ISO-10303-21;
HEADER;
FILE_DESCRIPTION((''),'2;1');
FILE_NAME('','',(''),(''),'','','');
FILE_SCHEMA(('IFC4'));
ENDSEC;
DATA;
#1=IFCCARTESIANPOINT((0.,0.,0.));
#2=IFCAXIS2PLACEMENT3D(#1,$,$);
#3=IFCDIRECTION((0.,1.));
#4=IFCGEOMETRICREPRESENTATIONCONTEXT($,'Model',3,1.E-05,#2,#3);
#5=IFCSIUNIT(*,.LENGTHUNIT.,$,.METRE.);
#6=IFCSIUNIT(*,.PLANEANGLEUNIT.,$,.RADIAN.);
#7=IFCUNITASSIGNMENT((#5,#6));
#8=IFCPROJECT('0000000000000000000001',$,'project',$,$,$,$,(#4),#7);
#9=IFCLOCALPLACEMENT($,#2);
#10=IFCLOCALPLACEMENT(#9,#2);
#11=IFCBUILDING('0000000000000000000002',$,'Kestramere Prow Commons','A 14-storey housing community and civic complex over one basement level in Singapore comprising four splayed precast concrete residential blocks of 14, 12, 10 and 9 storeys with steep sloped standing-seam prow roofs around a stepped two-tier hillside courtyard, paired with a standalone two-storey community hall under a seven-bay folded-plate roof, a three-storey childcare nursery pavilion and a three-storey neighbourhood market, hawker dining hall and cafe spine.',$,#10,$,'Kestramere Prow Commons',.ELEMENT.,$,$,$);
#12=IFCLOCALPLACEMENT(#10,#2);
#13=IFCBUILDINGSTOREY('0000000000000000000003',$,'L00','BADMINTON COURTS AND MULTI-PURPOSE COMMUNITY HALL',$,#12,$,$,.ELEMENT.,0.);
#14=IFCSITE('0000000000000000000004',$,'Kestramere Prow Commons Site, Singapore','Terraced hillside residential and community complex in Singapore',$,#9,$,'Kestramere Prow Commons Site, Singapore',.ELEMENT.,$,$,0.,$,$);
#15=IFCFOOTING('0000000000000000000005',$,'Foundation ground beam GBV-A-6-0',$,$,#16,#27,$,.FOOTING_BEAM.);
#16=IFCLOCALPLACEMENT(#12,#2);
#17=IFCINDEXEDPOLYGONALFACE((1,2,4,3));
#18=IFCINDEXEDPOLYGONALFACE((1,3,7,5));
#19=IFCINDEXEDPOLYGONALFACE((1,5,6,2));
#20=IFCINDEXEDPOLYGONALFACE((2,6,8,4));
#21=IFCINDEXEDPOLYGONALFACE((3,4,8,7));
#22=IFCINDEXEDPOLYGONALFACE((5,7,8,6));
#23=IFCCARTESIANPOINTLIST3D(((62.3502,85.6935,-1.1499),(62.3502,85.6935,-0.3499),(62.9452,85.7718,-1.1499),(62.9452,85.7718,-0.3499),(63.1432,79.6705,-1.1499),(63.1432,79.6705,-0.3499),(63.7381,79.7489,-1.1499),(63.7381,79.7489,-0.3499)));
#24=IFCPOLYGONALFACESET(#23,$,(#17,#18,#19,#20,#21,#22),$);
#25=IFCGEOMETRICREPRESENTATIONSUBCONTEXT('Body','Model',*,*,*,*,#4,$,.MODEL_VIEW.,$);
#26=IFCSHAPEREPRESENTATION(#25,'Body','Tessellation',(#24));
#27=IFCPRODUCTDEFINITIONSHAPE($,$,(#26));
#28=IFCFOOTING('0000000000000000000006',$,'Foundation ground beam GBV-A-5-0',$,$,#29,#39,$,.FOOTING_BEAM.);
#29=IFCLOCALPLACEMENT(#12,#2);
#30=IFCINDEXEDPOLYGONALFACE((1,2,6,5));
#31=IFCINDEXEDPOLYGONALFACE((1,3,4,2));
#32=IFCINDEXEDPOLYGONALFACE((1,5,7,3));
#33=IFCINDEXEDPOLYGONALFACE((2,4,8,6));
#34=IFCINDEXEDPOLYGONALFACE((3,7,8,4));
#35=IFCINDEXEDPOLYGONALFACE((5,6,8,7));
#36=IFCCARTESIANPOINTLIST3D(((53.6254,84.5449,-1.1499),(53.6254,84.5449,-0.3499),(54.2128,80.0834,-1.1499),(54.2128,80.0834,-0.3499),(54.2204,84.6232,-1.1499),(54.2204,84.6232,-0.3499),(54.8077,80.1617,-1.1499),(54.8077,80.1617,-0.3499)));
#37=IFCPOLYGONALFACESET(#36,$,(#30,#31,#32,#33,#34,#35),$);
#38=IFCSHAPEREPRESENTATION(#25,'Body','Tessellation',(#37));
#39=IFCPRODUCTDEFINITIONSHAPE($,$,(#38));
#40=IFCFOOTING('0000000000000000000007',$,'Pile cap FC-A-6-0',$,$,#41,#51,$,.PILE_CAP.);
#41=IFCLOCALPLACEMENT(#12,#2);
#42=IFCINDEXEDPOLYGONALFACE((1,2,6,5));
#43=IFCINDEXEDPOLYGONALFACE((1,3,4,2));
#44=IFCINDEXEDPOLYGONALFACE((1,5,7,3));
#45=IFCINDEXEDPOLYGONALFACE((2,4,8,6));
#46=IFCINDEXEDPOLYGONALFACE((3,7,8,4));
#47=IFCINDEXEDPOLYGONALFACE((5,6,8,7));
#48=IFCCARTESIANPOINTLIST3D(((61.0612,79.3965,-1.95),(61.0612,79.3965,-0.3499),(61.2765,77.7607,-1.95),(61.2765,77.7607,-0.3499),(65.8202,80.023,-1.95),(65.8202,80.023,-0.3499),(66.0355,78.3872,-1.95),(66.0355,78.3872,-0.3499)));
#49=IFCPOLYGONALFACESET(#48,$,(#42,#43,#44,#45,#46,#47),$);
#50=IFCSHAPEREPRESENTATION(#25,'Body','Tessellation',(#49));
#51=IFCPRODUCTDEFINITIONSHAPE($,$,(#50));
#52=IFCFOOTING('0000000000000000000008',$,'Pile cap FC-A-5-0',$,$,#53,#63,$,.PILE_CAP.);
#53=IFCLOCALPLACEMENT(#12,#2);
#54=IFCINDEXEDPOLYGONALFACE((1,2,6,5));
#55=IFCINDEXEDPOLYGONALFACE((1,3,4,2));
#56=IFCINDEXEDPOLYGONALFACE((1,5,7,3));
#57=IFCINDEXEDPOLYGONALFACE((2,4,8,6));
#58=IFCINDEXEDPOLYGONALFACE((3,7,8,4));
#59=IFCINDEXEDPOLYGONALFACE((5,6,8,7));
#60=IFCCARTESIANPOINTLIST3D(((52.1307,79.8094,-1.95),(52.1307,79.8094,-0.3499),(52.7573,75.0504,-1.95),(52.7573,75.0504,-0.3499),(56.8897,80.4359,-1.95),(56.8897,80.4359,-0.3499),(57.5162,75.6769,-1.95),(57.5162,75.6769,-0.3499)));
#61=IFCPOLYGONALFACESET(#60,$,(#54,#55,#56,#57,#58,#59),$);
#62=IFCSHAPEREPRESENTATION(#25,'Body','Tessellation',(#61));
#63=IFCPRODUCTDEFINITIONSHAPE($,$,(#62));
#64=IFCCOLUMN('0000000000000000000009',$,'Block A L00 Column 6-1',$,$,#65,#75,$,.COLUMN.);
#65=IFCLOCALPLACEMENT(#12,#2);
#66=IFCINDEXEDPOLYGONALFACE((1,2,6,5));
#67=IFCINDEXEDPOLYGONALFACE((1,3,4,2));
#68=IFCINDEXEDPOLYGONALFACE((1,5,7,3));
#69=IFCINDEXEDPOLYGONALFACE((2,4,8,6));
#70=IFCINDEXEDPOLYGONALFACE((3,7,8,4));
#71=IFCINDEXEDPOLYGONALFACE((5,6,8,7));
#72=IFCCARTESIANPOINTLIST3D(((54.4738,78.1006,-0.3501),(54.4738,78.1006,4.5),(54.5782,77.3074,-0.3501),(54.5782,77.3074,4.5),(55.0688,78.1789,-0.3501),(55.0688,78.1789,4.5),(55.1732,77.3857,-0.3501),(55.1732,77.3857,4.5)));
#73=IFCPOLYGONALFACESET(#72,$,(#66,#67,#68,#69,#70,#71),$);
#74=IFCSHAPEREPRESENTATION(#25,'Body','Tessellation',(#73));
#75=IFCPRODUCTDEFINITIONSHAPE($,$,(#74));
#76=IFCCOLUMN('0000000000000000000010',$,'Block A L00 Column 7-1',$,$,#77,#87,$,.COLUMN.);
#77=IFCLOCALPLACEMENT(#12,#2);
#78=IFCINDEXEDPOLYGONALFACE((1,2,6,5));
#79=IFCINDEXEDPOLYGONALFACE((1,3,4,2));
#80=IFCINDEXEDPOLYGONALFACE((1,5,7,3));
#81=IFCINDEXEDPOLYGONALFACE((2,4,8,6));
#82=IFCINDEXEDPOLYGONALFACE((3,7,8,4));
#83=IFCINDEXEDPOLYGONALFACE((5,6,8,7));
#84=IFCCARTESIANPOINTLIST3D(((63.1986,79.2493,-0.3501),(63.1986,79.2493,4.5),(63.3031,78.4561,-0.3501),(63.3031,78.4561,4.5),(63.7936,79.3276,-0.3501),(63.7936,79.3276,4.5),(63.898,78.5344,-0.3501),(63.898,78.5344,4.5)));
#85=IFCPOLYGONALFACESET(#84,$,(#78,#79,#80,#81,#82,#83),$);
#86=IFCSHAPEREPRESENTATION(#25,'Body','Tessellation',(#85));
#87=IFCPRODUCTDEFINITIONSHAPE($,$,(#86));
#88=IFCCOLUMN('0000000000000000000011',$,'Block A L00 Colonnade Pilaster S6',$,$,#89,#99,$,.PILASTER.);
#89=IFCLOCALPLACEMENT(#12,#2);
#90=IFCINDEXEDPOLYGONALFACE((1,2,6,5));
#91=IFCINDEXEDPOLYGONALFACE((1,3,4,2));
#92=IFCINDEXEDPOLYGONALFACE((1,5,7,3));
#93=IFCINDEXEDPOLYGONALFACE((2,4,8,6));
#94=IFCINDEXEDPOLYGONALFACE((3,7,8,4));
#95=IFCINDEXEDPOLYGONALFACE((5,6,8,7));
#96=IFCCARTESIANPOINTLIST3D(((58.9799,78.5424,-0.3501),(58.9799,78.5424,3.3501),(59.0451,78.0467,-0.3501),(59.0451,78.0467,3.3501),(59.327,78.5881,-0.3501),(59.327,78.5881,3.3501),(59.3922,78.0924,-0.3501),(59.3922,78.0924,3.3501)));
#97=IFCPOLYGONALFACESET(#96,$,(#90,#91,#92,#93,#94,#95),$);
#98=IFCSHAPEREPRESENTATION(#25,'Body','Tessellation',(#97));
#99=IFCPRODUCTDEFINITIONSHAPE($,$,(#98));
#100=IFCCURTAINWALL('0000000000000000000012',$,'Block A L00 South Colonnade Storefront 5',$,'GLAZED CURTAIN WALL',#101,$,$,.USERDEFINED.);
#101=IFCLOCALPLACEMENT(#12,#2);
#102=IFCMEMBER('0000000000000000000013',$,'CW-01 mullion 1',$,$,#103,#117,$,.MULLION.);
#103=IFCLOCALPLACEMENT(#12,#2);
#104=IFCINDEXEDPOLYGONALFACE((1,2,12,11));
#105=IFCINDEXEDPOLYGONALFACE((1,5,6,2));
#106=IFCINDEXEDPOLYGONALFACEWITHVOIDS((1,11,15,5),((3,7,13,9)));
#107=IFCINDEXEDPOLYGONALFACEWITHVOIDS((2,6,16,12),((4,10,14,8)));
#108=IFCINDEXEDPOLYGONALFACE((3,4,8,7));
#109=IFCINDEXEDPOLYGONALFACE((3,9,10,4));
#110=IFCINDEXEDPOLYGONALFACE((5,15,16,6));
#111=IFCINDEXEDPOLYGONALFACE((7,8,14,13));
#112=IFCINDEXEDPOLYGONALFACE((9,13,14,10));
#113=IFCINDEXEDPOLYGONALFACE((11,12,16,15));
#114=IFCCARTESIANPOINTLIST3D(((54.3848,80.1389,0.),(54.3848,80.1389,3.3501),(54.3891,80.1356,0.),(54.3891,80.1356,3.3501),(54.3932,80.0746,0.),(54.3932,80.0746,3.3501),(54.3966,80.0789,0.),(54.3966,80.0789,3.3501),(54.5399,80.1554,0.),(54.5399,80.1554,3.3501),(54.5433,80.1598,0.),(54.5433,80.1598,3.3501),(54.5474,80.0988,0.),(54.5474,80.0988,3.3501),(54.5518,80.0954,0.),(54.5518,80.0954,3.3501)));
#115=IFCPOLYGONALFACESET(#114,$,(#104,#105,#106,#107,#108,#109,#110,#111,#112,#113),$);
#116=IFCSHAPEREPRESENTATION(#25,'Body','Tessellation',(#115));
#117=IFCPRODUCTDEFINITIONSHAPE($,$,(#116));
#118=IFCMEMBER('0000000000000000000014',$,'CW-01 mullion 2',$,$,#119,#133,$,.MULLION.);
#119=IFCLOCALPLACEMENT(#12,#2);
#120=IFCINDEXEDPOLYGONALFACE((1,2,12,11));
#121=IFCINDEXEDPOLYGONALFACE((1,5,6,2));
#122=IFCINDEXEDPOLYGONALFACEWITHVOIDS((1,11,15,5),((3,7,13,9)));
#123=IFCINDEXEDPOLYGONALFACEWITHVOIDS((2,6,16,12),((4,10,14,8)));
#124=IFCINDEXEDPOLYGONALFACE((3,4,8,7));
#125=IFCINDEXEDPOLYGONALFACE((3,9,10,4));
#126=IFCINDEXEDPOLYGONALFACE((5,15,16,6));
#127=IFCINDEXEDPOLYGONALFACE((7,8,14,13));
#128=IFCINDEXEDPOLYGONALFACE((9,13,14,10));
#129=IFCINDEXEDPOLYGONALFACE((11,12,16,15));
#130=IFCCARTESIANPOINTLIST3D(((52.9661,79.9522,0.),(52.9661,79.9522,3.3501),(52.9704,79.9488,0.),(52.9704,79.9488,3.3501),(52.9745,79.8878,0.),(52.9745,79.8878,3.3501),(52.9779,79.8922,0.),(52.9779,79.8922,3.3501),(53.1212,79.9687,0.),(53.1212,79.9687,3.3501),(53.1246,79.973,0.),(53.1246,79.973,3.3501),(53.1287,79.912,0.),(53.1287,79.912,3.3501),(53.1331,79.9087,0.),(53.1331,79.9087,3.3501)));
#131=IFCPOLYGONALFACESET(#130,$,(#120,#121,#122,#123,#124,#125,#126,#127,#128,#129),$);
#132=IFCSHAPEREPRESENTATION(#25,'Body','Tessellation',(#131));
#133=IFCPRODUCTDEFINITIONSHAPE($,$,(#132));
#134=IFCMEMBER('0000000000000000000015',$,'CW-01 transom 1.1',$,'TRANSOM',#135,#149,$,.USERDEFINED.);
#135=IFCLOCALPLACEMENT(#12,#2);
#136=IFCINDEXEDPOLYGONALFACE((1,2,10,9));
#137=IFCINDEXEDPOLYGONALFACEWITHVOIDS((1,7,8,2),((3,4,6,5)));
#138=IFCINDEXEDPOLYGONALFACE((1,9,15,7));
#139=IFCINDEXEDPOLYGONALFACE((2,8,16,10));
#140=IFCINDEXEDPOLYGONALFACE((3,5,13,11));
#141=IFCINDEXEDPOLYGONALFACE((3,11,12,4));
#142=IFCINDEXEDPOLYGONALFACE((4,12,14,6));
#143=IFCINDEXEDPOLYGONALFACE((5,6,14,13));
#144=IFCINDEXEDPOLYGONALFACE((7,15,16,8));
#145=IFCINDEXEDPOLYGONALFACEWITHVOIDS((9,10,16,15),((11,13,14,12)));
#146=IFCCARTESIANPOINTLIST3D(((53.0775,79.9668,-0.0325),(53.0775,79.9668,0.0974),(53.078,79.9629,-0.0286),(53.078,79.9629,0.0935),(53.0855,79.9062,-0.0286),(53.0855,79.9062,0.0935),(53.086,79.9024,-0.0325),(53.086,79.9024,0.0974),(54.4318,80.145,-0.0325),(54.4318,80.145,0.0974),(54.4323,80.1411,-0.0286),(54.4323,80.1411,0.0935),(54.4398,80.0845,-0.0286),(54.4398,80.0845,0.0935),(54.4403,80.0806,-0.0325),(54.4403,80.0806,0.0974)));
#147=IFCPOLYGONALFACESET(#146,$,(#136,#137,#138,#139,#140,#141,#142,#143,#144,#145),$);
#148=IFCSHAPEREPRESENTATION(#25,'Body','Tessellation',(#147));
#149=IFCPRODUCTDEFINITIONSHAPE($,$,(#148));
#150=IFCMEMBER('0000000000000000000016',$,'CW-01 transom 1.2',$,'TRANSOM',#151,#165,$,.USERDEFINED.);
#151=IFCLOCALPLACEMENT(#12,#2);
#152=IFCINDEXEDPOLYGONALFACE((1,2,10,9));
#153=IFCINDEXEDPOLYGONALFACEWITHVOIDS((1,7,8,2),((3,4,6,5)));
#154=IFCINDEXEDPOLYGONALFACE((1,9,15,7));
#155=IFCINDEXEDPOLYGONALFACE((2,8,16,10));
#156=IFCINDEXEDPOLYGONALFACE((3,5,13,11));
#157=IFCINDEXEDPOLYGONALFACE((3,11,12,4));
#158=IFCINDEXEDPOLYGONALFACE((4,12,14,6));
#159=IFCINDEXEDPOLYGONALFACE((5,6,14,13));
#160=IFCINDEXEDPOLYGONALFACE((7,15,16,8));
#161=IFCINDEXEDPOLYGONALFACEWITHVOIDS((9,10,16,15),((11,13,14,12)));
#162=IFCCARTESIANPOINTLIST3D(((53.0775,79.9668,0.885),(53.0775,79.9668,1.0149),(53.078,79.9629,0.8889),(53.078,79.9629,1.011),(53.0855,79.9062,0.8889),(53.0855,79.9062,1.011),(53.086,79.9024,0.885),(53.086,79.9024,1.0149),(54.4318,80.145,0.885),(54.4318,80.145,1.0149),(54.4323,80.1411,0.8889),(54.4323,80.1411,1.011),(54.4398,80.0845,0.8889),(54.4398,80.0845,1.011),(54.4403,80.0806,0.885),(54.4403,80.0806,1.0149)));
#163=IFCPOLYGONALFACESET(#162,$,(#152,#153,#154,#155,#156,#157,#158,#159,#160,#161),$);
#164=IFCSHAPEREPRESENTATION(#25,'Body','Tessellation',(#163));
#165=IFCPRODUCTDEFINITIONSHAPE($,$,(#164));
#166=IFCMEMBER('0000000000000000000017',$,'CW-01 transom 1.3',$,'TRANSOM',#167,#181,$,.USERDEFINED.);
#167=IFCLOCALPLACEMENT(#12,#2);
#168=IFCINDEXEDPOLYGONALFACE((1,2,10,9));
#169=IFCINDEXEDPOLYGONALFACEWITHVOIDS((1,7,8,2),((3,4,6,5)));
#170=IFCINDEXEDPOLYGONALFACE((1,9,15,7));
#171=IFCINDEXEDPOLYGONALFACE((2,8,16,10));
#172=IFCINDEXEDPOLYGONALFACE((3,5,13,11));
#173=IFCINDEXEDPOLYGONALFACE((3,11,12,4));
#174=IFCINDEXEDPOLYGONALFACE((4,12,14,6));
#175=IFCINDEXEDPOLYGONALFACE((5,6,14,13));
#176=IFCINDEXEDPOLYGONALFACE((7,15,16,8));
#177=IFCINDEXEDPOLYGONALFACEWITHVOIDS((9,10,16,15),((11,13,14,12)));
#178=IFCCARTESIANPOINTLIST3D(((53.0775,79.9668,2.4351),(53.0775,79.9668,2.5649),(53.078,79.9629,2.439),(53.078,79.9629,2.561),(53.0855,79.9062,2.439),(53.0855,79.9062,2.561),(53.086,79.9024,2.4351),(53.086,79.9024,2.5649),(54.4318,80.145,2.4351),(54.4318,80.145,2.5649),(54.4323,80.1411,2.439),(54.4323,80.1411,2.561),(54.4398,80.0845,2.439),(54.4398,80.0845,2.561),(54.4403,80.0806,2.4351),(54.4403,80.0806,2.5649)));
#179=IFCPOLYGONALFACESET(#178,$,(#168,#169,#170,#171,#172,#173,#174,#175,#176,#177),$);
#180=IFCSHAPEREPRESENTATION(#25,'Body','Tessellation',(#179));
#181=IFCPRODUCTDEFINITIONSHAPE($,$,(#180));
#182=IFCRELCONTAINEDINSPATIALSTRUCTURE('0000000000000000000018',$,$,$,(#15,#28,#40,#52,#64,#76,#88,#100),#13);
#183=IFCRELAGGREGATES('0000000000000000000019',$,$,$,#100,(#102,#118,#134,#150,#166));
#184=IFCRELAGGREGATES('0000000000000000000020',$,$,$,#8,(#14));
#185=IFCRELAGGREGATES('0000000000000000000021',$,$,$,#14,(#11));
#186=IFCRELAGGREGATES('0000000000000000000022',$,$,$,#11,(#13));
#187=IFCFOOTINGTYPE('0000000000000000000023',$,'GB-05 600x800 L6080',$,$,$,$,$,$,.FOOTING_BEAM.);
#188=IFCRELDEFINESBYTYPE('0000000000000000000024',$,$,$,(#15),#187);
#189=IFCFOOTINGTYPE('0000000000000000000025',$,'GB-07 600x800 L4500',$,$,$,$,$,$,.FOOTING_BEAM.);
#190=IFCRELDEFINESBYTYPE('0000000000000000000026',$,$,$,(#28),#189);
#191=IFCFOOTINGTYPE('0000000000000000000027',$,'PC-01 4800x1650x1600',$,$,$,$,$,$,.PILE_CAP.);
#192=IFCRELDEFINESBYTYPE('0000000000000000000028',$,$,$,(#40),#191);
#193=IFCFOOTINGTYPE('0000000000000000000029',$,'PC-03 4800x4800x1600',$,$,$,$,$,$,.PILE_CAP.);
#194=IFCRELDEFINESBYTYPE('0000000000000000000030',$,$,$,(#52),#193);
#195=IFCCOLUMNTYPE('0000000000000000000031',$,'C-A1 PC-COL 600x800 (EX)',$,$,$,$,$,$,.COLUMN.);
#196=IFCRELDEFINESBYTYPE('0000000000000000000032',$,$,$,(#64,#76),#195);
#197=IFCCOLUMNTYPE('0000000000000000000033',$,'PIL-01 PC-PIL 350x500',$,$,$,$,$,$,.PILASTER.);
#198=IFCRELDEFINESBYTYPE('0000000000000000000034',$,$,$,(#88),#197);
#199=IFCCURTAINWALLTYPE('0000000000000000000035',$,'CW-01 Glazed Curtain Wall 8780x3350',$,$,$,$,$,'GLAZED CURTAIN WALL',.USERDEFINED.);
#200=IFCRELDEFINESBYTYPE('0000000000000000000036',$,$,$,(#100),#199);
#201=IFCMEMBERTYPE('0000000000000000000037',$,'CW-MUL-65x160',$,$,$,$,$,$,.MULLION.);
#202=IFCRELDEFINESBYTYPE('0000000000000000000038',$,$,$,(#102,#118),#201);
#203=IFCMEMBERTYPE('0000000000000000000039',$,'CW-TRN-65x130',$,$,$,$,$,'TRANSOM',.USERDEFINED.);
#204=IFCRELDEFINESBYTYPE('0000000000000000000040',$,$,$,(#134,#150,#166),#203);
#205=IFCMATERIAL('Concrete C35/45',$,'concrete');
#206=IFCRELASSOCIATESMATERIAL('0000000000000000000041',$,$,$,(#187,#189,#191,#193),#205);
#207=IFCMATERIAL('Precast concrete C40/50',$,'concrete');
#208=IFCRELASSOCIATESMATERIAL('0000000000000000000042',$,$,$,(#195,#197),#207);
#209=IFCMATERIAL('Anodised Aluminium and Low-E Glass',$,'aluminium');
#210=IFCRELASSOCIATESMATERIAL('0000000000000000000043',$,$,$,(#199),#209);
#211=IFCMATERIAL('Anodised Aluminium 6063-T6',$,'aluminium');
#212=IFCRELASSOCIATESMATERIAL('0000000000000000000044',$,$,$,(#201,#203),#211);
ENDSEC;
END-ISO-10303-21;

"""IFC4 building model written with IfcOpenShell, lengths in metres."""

from ifc_helpers import new_model, si_unit, direction, frame, origin, origin_2d, place, context, subcontext, project, spatial, rectangle, hollow_rectangle, extrude, material, material_profile, profile_set, type_object, element, aggregate, save


model = new_model("IFC4")

# Units and contexts
model_context = context("Model", 3, precision=1e-05, world=origin(), true_north=direction((0.0, 1.0)))
body_context = subcontext(model_context, "Body", "Model", "MODEL_VIEW")
ifc_project = project(units=[si_unit("LENGTHUNIT", "METRE"), si_unit("PLANEANGLEUNIT", "RADIAN")], contexts=[model_context])

# Site, building, storey
site_placement = place(None, origin())
site = spatial("IfcSite", under=ifc_project, at=site_placement, Name="Kestramere Prow Commons Site, Singapore", Description="Terraced hillside residential and community complex in Singapore", LongName="Kestramere Prow Commons Site, Singapore", CompositionType="ELEMENT", RefElevation=0.0)
building_placement = place(site_placement, origin())
building = spatial("IfcBuilding", under=site, at=building_placement, Name="Kestramere Prow Commons", Description="A 14-storey housing community and civic complex over one basement level in Singapore comprising four splayed precast concrete residential blocks of 14, 12, 10 and 9 storeys with steep sloped standing-seam prow roofs around a stepped two-tier hillside courtyard, paired with a standalone two-storey community hall under a seven-bay folded-plate roof, a three-storey childcare nursery pavilion and a three-storey neighbourhood market, hawker dining hall and cafe spine.", LongName="Kestramere Prow Commons", CompositionType="ELEMENT")
storey_placement = place(building_placement, origin())
storey = spatial("IfcBuildingStorey", under=building, at=storey_placement, Name="L00", Description="BADMINTON COURTS AND MULTI-PURPOSE COMMUNITY HALL", CompositionType="ELEMENT", Elevation=0.0)

# Shared definitions
ifc_material_1 = material(Name="Concrete C35/45", Category="concrete")

# Footings
footing_type_1 = type_object("IfcFootingType", Name="GB-05 600x800 L6080", PredefinedType="FOOTING_BEAM", material=ifc_material_1)
footing_1_placement = place(storey_placement, frame((63.0442, 82.7212, -1.1499), z_axis=(0.0, 0.0, 1.0), x_axis=(-0.130526, 0.991445, 0.0)))
element("IfcFooting", 1, at=footing_1_placement, inside=storey, type_object=footing_type_1, Name="Foundation ground beam GBV-A-6-0", PredefinedType="FOOTING_BEAM", context=body_context, shape_type="SweptSolid", body=[
    extrude(rectangle(XDim=6.075, YDim=0.6001, at=origin_2d()), origin(), (0.0, 0.0, 1.0), 0.8),
])
footing_type_2 = type_object("IfcFootingType", Name="GB-07 600x800 L4500", PredefinedType="FOOTING_BEAM", material=ifc_material_1)
footing_2_placement = place(storey_placement, frame((54.2166, 82.3533, -1.1499), z_axis=(0.0, 0.0, 1.0), x_axis=(-0.130526, 0.991445, 0.0)))
element("IfcFooting", 2, at=footing_2_placement, inside=storey, type_object=footing_type_2, Name="Foundation ground beam GBV-A-5-0", PredefinedType="FOOTING_BEAM", context=body_context, shape_type="SweptSolid", body=[
    extrude(rectangle(XDim=4.5, YDim=0.6001, at=origin_2d()), origin(), (0.0, 0.0, 1.0), 0.8),
])
footing_type_3 = type_object("IfcFootingType", Name="PC-01 4800x1650x1600", PredefinedType="PILE_CAP", material=ifc_material_1)
footing_3_placement = place(storey_placement, frame((63.5483, 78.8918, -1.95), z_axis=(0.0, 0.0, 1.0), x_axis=(0.991445, 0.130526, 0.0)))
element("IfcFooting", 3, at=footing_3_placement, inside=storey, type_object=footing_type_3, Name="Pile cap FC-A-6-0", PredefinedType="PILE_CAP", context=body_context, shape_type="SweptSolid", body=[
    extrude(rectangle(XDim=4.8, YDim=1.6499, at=origin_2d()), origin(), (0.0, 0.0, 1.0), 1.6001),
])
footing_type_4 = type_object("IfcFootingType", Name="PC-03 4800x4800x1600", PredefinedType="PILE_CAP", material=ifc_material_1)
footing_4_placement = place(storey_placement, frame((54.8235, 77.7432, -1.95), z_axis=(0.0, 0.0, 1.0), x_axis=(0.991445, 0.130526, 0.0)))
element("IfcFooting", 4, at=footing_4_placement, inside=storey, type_object=footing_type_4, Name="Pile cap FC-A-5-0", PredefinedType="PILE_CAP", context=body_context, shape_type="SweptSolid", body=[
    extrude(rectangle(XDim=4.8, YDim=4.8, at=origin_2d()), origin(), (0.0, 0.0, 1.0), 1.6001),
])

# Columns
ifc_material_2 = material(Name="Precast concrete C40/50", Category="concrete")
ifc_material_profile_1 = material_profile(ifc_material_2, rectangle(XDim=0.6001, YDim=0.8, at=origin_2d()), Name="PC-COL 600x800")
ifc_profile_set_1 = profile_set([ifc_material_profile_1], Name="Precast concrete C40/50")
column_type_1 = type_object("IfcColumnType", Name="C-A1 PC-COL 600x800 (EX)", PredefinedType="COLUMN", material=ifc_profile_set_1)
for number, where, z_axis, x_axis, name in (
    (5, (54.8235, 77.7432, -0.3501), (0.0, 0.0, 1.0), (0.991445, 0.130526, 0.0), "Block A L00 Column 6-1"),
    (6, (63.5483, 78.8918, -0.3501), (0.0, 0.0, 1.0), (0.991445, 0.130526, 0.0), "Block A L00 Column 7-1"),
):
    element("IfcColumn", number, at=place(storey_placement, frame(where, z_axis=z_axis, x_axis=x_axis)), inside=storey, type_object=column_type_1, Name=name, PredefinedType="COLUMN", context=body_context, shape_type="SweptSolid", body=[
        extrude(rectangle(XDim=0.6001, YDim=0.8, at=origin_2d()), origin(), (0.0, 0.0, 1.0), 4.8501),
    ])
ifc_material_profile_2 = material_profile(ifc_material_2, rectangle(XDim=0.3501, YDim=0.5, at=origin_2d()), Name="PC-PIL 350x500")
ifc_profile_set_2 = profile_set([ifc_material_profile_2], Name="Precast concrete C40/50")
column_type_2 = type_object("IfcColumnType", Name="PIL-01 PC-PIL 350x500", PredefinedType="PILASTER", material=ifc_profile_set_2)
column_placement = place(storey_placement, frame((59.186, 78.3174, -0.3501), z_axis=(0.0, 0.0, 1.0), x_axis=(0.991445, 0.130526, 0.0)))
element("IfcColumn", 7, at=column_placement, inside=storey, type_object=column_type_2, Name="Block A L00 Colonnade Pilaster S6", PredefinedType="PILASTER", context=body_context, shape_type="SweptSolid", body=[
    extrude(rectangle(XDim=0.3501, YDim=0.5, at=origin_2d()), origin(), (0.0, 0.0, 1.0), 3.7002),
])

# Curtain wall, members
ifc_material_3 = material(Name="Anodised Aluminium and Low-E Glass", Category="aluminium")
curtain_wall_type = type_object("IfcCurtainWallType", Name="CW-01 Glazed Curtain Wall 8780x3350", ElementType="GLAZED CURTAIN WALL", PredefinedType="USERDEFINED", material=ifc_material_3)
curtain_wall_placement = place(storey_placement, origin())
curtain_wall = element("IfcCurtainWall", 8, at=curtain_wall_placement, inside=storey, type_object=curtain_wall_type, Name="Block A L00 South Colonnade Storefront 5", ObjectType="GLAZED CURTAIN WALL", PredefinedType="USERDEFINED")
ifc_material_4 = material(Name="Anodised Aluminium 6063-T6", Category="aluminium")
ifc_material_profile_3 = material_profile(ifc_material_4, hollow_rectangle(XDim=0.0649, YDim=0.1599, WallThickness=0.0039, at=origin_2d()), Name="ALU-MUL 65x160")
ifc_profile_set_3 = profile_set([ifc_material_profile_3], Name="Anodised Aluminium 6063-T6")
member_type_1 = type_object("IfcMemberType", Name="CW-MUL-65x160", PredefinedType="MULLION", material=ifc_profile_set_3)
member_1_placement = place(storey_placement, frame((54.4683, 80.1172, 0.0), z_axis=(0.0, 0.0, 1.0), x_axis=(0.130526, -0.991445, 0.0)))
member_1 = element("IfcMember", 9, at=member_1_placement, type_object=member_type_1, Name="CW-01 mullion 1", PredefinedType="MULLION", context=body_context, shape_type="SweptSolid", body=[
    extrude(hollow_rectangle(XDim=0.0649, YDim=0.1599, WallThickness=0.0039, at=origin_2d()), origin(), (0.0, 0.0, 1.0), 3.3501),
])
member_2_placement = place(storey_placement, frame((53.0496, 79.9304, 0.0), z_axis=(0.0, 0.0, 1.0), x_axis=(0.130526, -0.991445, 0.0)))
member_2 = element("IfcMember", 10, at=member_2_placement, type_object=member_type_1, Name="CW-01 mullion 2", PredefinedType="MULLION", context=body_context, shape_type="SweptSolid", body=[
    extrude(hollow_rectangle(XDim=0.0649, YDim=0.1599, WallThickness=0.0039, at=origin_2d()), origin(), (0.0, 0.0, 1.0), 3.3501),
])
ifc_material_profile_4 = material_profile(ifc_material_4, hollow_rectangle(XDim=0.0649, YDim=0.1299, WallThickness=0.0039, at=origin_2d()), Name="ALU-TRN 65x130")
ifc_profile_set_4 = profile_set([ifc_material_profile_4], Name="Anodised Aluminium 6063-T6")
member_type_2 = type_object("IfcMemberType", Name="CW-TRN-65x130", ElementType="TRANSOM", PredefinedType="USERDEFINED", material=ifc_profile_set_4)
member_3_placement = place(storey_placement, frame((54.436, 80.1128, 0.0325), z_axis=(-0.991451, -0.130478, 0.0), x_axis=(0.130478, -0.991451, 0.0)))
member_3 = element("IfcMember", 11, at=member_3_placement, type_object=member_type_2, Name="CW-01 transom 1.1", ObjectType="TRANSOM", PredefinedType="USERDEFINED", context=body_context, shape_type="SweptSolid", body=[
    extrude(hollow_rectangle(XDim=0.0649, YDim=0.1299, WallThickness=0.0039, at=origin_2d()), origin(), (0.0, 0.0, 1.0), 1.366),
])
member_4_placement = place(storey_placement, frame((54.436, 80.1128, 0.95), z_axis=(-0.991451, -0.130478, 0.0), x_axis=(0.130478, -0.991451, 0.0)))
member_4 = element("IfcMember", 12, at=member_4_placement, type_object=member_type_2, Name="CW-01 transom 1.2", ObjectType="TRANSOM", PredefinedType="USERDEFINED", context=body_context, shape_type="SweptSolid", body=[
    extrude(hollow_rectangle(XDim=0.0649, YDim=0.1299, WallThickness=0.0039, at=origin_2d()), origin(), (0.0, 0.0, 1.0), 1.366),
])
member_5_placement = place(storey_placement, frame((54.436, 80.1128, 2.5), z_axis=(-0.991451, -0.130478, 0.0), x_axis=(0.130478, -0.991451, 0.0)))
member_5 = element("IfcMember", 13, at=member_5_placement, type_object=member_type_2, Name="CW-01 transom 1.3", ObjectType="TRANSOM", PredefinedType="USERDEFINED", context=body_context, shape_type="SweptSolid", body=[
    extrude(hollow_rectangle(XDim=0.0649, YDim=0.1299, WallThickness=0.0039, at=origin_2d()), origin(), (0.0, 0.0, 1.0), 1.366),
])

aggregate(curtain_wall, [member_1, member_2, member_3, member_4, member_5])

save(model, "model.ifc")
